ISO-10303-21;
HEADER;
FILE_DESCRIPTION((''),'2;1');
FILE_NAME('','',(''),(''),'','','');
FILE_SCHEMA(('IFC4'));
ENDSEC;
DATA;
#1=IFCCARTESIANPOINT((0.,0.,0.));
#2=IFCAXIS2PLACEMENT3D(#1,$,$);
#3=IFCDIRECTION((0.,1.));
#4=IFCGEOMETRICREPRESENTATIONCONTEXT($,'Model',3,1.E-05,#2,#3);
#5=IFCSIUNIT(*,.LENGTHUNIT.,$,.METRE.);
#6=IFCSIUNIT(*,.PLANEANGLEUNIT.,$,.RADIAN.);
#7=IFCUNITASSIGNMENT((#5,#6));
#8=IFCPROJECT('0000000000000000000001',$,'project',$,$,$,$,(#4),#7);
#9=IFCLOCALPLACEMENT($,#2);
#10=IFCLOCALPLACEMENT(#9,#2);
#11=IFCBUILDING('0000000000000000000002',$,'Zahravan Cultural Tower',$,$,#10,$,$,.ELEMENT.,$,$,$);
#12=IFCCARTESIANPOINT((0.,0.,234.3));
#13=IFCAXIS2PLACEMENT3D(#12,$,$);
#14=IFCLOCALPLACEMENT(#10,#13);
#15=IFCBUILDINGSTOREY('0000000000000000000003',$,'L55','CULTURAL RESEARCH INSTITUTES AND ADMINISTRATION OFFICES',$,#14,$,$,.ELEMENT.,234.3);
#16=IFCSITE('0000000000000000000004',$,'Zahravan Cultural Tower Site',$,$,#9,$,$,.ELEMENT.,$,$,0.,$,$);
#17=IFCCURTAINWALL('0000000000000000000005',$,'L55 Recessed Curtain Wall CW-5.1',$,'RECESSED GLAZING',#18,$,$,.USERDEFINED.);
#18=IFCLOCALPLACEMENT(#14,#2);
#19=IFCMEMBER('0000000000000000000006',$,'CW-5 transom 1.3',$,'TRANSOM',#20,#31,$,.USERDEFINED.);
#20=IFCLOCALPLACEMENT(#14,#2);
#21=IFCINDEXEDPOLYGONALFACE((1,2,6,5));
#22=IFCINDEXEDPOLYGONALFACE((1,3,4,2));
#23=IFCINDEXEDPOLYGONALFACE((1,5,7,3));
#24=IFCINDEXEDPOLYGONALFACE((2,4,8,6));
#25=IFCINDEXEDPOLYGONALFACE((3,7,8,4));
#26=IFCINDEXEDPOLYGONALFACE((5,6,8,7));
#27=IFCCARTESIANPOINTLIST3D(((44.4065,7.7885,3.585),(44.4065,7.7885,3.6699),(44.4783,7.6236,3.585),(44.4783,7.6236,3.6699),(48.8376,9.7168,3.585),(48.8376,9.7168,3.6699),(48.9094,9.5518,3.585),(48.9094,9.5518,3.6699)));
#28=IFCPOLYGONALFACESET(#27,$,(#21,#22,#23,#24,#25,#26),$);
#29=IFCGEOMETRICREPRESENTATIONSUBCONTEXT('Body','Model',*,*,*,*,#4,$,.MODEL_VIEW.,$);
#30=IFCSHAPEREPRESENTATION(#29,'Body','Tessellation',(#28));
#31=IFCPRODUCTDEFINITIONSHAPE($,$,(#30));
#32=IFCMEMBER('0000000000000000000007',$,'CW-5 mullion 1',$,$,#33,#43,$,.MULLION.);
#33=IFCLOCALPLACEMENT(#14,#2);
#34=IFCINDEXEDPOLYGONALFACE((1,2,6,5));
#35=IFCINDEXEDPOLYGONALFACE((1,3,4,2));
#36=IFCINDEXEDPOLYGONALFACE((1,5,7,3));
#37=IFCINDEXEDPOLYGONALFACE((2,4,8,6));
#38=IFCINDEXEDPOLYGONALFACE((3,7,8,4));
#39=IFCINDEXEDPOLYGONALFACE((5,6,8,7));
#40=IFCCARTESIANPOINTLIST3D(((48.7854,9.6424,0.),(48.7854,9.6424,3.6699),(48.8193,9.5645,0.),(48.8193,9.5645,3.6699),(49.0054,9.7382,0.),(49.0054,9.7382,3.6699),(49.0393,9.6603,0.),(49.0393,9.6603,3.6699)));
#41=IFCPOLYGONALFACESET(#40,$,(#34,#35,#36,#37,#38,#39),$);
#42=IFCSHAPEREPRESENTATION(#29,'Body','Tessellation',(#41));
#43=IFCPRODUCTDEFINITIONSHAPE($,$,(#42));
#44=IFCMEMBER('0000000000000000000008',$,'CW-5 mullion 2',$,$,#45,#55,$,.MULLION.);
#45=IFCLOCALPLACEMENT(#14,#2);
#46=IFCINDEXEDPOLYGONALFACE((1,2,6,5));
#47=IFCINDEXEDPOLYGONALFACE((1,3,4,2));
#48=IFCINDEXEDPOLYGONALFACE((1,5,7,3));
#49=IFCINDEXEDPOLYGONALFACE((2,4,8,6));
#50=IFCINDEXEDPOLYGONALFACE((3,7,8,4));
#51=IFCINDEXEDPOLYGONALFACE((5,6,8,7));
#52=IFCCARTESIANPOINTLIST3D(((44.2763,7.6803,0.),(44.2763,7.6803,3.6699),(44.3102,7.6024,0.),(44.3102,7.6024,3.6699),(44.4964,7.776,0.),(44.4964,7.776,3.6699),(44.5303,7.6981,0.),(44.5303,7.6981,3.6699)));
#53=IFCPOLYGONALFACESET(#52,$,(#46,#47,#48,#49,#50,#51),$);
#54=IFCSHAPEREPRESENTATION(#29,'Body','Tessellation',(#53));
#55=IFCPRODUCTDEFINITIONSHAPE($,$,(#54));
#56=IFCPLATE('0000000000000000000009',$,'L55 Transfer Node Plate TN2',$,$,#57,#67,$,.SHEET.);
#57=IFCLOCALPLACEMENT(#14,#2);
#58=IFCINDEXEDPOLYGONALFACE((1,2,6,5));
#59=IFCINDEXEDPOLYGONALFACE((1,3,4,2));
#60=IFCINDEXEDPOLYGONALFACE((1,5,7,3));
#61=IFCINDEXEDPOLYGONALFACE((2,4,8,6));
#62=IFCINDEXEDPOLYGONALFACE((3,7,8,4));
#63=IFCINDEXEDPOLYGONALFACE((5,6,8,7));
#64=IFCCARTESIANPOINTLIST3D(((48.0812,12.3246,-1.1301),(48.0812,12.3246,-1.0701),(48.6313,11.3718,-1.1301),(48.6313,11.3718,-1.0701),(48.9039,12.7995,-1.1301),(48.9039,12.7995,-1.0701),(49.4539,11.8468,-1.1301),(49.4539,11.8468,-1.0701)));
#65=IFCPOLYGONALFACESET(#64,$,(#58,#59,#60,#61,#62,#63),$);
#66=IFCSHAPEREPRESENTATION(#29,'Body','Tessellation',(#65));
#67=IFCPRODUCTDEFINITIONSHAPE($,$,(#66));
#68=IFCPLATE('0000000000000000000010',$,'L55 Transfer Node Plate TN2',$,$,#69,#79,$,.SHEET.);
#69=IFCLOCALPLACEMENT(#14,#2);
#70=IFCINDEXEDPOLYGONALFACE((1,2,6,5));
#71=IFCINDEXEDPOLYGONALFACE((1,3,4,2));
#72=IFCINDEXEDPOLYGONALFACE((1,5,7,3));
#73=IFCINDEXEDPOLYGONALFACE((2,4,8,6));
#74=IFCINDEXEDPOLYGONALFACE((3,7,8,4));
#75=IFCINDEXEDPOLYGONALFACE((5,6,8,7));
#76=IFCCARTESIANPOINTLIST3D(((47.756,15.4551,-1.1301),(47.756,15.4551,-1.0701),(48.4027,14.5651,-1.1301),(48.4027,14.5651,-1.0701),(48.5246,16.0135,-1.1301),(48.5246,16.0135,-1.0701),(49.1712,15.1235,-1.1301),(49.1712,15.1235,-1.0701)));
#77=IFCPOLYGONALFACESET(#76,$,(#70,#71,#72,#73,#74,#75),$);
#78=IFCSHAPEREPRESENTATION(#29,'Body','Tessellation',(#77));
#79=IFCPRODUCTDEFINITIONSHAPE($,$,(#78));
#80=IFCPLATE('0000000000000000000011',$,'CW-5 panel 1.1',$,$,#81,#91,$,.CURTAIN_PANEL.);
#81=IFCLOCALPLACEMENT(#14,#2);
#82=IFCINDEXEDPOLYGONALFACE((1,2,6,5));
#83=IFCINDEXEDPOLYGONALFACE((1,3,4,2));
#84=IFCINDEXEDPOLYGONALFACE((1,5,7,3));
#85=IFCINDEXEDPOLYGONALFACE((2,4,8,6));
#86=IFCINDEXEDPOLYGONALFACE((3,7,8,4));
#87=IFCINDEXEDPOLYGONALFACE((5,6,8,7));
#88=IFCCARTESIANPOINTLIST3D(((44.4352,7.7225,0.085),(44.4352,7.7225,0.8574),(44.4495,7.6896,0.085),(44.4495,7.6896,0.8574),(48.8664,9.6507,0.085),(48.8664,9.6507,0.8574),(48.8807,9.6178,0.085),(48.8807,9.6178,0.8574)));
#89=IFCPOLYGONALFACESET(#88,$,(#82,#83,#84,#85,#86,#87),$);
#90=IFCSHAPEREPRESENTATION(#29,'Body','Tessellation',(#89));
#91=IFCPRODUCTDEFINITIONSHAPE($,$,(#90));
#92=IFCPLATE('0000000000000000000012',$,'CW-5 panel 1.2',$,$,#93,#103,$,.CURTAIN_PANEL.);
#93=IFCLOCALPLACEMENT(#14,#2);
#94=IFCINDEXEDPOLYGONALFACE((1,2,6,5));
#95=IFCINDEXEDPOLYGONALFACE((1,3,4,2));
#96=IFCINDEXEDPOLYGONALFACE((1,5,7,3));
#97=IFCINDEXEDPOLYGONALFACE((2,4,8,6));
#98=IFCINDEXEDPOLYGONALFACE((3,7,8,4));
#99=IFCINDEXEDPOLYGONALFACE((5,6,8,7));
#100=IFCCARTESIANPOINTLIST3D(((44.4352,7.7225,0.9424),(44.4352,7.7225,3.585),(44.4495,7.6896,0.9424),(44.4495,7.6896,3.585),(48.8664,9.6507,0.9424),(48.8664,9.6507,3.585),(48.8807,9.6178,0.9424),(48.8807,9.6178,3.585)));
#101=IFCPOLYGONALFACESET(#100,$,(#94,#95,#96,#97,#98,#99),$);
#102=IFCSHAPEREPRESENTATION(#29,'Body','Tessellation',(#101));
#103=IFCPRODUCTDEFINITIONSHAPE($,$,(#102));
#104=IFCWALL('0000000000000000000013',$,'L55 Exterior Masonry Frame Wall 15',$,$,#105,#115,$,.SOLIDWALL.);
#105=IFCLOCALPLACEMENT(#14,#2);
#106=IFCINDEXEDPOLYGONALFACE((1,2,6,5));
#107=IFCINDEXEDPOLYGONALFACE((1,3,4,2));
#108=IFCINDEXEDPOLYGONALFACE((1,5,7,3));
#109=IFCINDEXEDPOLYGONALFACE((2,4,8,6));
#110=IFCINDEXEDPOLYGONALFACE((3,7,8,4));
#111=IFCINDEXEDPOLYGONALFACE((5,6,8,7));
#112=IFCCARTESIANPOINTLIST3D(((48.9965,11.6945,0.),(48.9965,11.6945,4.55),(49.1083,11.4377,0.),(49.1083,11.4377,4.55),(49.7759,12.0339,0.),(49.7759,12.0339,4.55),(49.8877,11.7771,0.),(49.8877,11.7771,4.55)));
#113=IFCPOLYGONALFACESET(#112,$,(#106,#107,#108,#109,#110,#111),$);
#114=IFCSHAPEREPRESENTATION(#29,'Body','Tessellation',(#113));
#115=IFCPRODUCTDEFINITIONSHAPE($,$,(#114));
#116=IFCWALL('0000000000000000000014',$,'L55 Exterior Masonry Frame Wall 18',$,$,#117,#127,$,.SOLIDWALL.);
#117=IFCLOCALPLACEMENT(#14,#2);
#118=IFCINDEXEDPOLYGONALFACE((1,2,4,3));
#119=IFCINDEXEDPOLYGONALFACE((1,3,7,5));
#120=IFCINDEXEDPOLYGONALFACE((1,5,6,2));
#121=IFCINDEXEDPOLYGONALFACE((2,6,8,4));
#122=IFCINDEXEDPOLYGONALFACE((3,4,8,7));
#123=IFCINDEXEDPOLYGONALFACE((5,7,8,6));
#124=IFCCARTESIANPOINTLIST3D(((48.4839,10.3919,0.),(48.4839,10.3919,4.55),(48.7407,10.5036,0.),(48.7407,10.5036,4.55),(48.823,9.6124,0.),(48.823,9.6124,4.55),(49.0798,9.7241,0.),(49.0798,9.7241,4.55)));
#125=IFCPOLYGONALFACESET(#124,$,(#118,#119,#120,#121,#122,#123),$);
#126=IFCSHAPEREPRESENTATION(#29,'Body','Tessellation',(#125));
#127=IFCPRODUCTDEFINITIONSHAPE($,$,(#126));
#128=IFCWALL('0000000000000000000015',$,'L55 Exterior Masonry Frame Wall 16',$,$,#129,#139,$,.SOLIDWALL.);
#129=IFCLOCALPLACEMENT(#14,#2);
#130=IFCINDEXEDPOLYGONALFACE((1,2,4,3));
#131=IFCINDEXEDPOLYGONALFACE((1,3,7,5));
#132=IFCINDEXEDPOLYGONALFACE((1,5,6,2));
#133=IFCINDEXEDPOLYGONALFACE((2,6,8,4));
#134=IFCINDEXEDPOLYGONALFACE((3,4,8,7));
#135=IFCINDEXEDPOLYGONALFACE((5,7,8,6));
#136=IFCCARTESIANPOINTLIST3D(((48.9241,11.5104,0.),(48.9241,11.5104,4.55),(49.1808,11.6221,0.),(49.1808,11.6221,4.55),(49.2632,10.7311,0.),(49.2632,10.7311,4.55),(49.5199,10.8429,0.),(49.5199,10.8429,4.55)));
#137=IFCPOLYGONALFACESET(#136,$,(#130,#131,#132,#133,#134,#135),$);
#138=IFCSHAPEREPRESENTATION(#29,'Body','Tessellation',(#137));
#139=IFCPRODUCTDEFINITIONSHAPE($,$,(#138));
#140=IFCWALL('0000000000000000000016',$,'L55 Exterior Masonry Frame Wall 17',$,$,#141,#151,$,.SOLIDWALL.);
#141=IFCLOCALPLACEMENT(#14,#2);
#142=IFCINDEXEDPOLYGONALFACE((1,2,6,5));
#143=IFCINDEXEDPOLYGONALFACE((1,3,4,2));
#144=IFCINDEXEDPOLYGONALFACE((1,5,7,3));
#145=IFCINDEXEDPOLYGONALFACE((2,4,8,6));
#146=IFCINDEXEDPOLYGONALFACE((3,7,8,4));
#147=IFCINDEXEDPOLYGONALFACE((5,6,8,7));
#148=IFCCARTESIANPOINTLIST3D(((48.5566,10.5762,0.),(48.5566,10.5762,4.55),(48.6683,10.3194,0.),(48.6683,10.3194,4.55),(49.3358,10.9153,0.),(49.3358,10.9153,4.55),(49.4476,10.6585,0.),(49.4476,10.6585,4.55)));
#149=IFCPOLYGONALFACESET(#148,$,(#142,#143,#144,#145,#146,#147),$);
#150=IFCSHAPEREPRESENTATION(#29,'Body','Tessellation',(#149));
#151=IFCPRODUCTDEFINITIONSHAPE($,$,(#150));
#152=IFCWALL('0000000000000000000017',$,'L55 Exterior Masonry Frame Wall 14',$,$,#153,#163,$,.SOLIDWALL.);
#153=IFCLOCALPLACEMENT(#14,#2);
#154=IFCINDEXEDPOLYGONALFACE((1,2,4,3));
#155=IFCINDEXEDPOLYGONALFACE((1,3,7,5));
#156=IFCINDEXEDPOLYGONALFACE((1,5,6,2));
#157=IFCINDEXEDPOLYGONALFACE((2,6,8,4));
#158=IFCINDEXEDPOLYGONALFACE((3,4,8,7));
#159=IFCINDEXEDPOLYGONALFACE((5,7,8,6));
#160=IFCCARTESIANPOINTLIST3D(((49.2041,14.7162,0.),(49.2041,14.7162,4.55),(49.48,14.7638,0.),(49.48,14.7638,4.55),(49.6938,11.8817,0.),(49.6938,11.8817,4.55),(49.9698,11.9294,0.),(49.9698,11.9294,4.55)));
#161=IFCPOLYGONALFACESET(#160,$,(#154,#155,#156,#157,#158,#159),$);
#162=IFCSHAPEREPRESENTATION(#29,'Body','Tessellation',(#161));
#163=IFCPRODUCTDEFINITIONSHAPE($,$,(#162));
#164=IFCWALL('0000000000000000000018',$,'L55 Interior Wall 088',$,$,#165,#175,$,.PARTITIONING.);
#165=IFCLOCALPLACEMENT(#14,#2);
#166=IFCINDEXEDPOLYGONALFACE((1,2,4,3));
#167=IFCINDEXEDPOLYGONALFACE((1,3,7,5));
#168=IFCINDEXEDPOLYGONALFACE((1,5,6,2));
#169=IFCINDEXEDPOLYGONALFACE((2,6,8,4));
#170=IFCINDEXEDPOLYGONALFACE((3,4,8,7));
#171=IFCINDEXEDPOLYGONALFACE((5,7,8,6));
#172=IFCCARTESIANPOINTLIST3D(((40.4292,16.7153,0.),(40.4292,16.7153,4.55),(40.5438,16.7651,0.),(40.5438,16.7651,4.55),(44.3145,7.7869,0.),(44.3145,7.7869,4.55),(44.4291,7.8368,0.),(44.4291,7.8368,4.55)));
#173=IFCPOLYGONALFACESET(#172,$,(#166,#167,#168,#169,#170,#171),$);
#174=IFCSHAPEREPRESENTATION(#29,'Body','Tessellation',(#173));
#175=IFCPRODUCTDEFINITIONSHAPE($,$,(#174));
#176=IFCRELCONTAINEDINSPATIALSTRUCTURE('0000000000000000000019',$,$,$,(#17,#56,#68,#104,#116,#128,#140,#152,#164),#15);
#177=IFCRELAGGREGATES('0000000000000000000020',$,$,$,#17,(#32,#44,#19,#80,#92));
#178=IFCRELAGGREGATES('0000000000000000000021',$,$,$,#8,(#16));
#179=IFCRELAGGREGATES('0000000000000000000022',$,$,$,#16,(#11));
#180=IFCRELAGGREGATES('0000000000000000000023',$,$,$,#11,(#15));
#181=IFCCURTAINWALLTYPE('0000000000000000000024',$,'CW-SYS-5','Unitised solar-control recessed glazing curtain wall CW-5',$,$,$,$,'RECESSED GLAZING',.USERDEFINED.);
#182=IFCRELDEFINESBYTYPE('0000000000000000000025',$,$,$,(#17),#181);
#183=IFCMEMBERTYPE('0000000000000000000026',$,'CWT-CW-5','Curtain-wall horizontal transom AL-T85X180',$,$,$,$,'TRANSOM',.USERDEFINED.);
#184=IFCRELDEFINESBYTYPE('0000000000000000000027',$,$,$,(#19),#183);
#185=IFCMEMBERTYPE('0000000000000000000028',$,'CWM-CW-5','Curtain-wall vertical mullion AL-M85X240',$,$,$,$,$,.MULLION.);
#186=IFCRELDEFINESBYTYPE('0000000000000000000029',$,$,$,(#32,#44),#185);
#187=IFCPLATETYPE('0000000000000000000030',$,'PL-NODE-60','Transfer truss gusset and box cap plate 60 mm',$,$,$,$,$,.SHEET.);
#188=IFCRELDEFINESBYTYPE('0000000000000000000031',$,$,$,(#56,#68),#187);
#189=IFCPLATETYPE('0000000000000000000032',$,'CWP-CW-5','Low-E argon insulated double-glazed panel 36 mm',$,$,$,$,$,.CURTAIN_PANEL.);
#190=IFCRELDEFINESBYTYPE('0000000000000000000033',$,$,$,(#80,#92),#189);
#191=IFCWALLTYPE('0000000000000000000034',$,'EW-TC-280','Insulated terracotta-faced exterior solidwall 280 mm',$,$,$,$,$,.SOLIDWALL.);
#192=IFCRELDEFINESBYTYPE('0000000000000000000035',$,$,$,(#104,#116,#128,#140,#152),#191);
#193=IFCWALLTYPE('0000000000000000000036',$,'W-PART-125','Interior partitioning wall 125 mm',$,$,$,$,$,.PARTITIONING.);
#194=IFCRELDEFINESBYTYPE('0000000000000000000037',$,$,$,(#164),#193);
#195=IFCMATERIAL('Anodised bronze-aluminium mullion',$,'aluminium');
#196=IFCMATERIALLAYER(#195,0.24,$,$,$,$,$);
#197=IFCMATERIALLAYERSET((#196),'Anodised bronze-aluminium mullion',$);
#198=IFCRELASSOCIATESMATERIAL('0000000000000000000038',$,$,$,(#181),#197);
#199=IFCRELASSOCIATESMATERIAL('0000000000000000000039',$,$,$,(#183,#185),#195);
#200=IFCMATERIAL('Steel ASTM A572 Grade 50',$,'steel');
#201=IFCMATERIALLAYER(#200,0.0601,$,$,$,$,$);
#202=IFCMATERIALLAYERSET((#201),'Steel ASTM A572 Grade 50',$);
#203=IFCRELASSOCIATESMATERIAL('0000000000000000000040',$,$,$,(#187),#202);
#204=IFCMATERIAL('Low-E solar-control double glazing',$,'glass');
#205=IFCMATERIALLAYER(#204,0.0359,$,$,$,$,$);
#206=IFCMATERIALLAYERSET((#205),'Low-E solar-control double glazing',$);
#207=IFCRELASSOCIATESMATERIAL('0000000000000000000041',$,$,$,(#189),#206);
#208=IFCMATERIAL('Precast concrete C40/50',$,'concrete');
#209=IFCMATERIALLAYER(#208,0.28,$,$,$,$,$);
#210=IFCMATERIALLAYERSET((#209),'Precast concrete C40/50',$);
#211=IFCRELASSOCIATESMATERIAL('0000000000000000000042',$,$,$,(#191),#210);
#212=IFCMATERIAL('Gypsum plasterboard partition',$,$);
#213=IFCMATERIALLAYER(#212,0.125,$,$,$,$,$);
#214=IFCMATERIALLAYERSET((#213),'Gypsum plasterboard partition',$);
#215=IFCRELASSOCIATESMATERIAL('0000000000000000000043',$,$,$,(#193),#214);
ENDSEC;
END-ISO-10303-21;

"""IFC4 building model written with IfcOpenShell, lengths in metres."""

from ifc_helpers import new_model, si_unit, direction, frame, frame_2d, origin, origin_2d, place, context, subcontext, project, spatial, rectangle, extrude, source, transform, mapped, material, layer, layer_set, material_profile, profile_set, type_object, element, aggregate, save


model = new_model("IFC4")

# Units and contexts
model_context = context("Model", 3, precision=1e-05, world=origin(), true_north=direction((0.0, 1.0)))
body_context = subcontext(model_context, "Body", "Model", "MODEL_VIEW")
ifc_project = project(units=[si_unit("LENGTHUNIT", "METRE"), si_unit("PLANEANGLEUNIT", "RADIAN")], contexts=[model_context])

# Site, building, storey
site_placement = place(None, origin())
site = spatial("IfcSite", under=ifc_project, at=site_placement, Name="Zahravan Cultural Tower Site", CompositionType="ELEMENT", RefElevation=0.0)
building_placement = place(site_placement, origin())
building = spatial("IfcBuilding", under=site, at=building_placement, Name="Zahravan Cultural Tower", CompositionType="ELEMENT")
storey_placement = place(building_placement, frame((0.0, 0.0, 234.3)))
storey = spatial("IfcBuildingStorey", under=building, at=storey_placement, Name="L55", Description="CULTURAL RESEARCH INSTITUTES AND ADMINISTRATION OFFICES", CompositionType="ELEMENT", Elevation=234.3)

# Shared definitions
ifc_material_1 = material(Name="Steel ASTM A572 Grade 50", Category="steel")

# Curtain wall, members
ifc_material_2 = material(Name="Anodised bronze-aluminium mullion", Category="aluminium")
ifc_layer_1 = layer(ifc_material_2, 0.24)
ifc_layer_set_1 = layer_set([ifc_layer_1], Name="Anodised bronze-aluminium mullion")
curtain_wall_type = type_object("IfcCurtainWallType", Name="CW-SYS-5", Description="Unitised solar-control recessed glazing curtain wall CW-5", ElementType="RECESSED GLAZING", PredefinedType="USERDEFINED", material=ifc_layer_set_1)
curtain_wall_placement = place(storey_placement, origin())
curtain_wall = element("IfcCurtainWall", 1, at=curtain_wall_placement, inside=storey, type_object=curtain_wall_type, Name="L55 Recessed Curtain Wall CW-5.1", ObjectType="RECESSED GLAZING", PredefinedType="USERDEFINED")
ifc_material_profile_1 = material_profile(ifc_material_2, rectangle(XDim=0.1799, YDim=0.085, at=origin_2d()), Name="AL-T85X180")
ifc_profile_set_1 = profile_set([ifc_material_profile_1], Name="Anodised bronze-aluminium mullion")
member_type_1 = type_object("IfcMemberType", Name="CWT-CW-5", Description="Curtain-wall horizontal transom AL-T85X180", ElementType="TRANSOM", PredefinedType="USERDEFINED", material=ifc_profile_set_1)
shared_shape_1 = source(origin(), body_context, "Body", "SweptSolid", [
    extrude(rectangle(XDim=0.1799, YDim=0.085, at=origin_2d()), origin(), (0.0, 0.0, 1.0), 4.8325),
])
member_1_placement = place(storey_placement, frame((48.8735, 9.6343, 3.6274), z_axis=(-0.916946, -0.399011, 0.0), x_axis=(0.399011, -0.916946, 0.0)))
member_1 = element("IfcMember", 2, at=member_1_placement, type_object=member_type_1, Name="CW-5 transom 1.3", ObjectType="TRANSOM", PredefinedType="USERDEFINED", context=body_context, shape_type="MappedRepresentation", body=[
    mapped(shared_shape_1, transform((0.0, 0.0, 0.0), x_axis=(1.0, 0.0, 0.0), y_axis=(0.0, 1.0, 0.0), z_axis=(0.0, 0.0, 1.0), scale=1.0)),
])
ifc_material_profile_2 = material_profile(ifc_material_2, rectangle(XDim=0.085, YDim=0.24, at=origin_2d()), Name="AL-M85X240")
ifc_profile_set_2 = profile_set([ifc_material_profile_2], Name="Anodised bronze-aluminium mullion")
member_type_2 = type_object("IfcMemberType", Name="CWM-CW-5", Description="Curtain-wall vertical mullion AL-M85X240", PredefinedType="MULLION", material=ifc_profile_set_2)
shared_shape_2 = source(origin(), body_context, "Body", "SweptSolid", [
    extrude(rectangle(XDim=0.085, YDim=0.24, at=origin_2d()), origin(), (0.0, 0.0, 1.0), 3.6699),
])
member_2_placement = place(storey_placement, frame((48.9124, 9.6514, 0.0), z_axis=(0.0, 0.0, 1.0), x_axis=(0.399017, -0.916944, 0.0)))
member_2 = element("IfcMember", 3, at=member_2_placement, type_object=member_type_2, Name="CW-5 mullion 1", PredefinedType="MULLION", context=body_context, shape_type="MappedRepresentation", body=[
    mapped(shared_shape_2, transform((0.0, 0.0, 0.0), x_axis=(1.0, 0.0, 0.0), y_axis=(0.0, 1.0, 0.0), z_axis=(0.0, 0.0, 1.0), scale=1.0)),
])
member_3_placement = place(storey_placement, frame((44.4033, 7.6892, 0.0), z_axis=(0.0, 0.0, 1.0), x_axis=(0.399017, -0.916944, 0.0)))
member_3 = element("IfcMember", 4, at=member_3_placement, type_object=member_type_2, Name="CW-5 mullion 2", PredefinedType="MULLION", context=body_context, shape_type="MappedRepresentation", body=[
    mapped(shared_shape_2, transform((0.0, 0.0, 0.0), x_axis=(1.0, 0.0, 0.0), y_axis=(0.0, 1.0, 0.0), z_axis=(0.0, 0.0, 1.0), scale=1.0)),
])

# Plates
ifc_layer_2 = layer(ifc_material_1, 0.0601)
ifc_layer_set_2 = layer_set([ifc_layer_2], Name="Steel ASTM A572 Grade 50")
plate_type_1 = type_object("IfcPlateType", Name="PL-NODE-60", Description="Transfer truss gusset and box cap plate 60 mm", PredefinedType="SHEET", material=ifc_layer_set_2)
shared_shape_3 = source(origin(), body_context, "Body", "SweptSolid", [
    extrude(rectangle(XDim=1.1001, YDim=0.95, at=origin_2d()), origin(), (0.0, 0.0, 1.0), 0.0601),
])
for number, where, z_axis, x_axis, name in (
    (5, (48.7676, 12.0857, -1.1301), (0.0, 0.0, 1.0), (-0.5, 0.866025, 0.0), "L55 Transfer Node Plate TN2"),
    (6, (48.4636, 15.2893, -1.1301), (0.0, 0.0, 1.0), (-0.587785, 0.809017, 0.0), "L55 Transfer Node Plate TN2"),
):
    element("IfcPlate", number, at=place(storey_placement, frame(where, z_axis=z_axis, x_axis=x_axis)), inside=storey, type_object=plate_type_1, Name=name, PredefinedType="SHEET", context=body_context, shape_type="MappedRepresentation", body=[
        mapped(shared_shape_3, transform((0.0, 0.0, 0.0), x_axis=(1.0, 0.0, 0.0), y_axis=(0.0, 1.0, 0.0), z_axis=(0.0, 0.0, 1.0), scale=1.0)),
    ])

# Plates
ifc_material_3 = material(Name="Low-E solar-control double glazing", Category="glass")
ifc_layer_3 = layer(ifc_material_3, 0.0359)
ifc_layer_set_3 = layer_set([ifc_layer_3], Name="Low-E solar-control double glazing")
plate_type_2 = type_object("IfcPlateType", Name="CWP-CW-5", Description="Low-E argon insulated double-glazed panel 36 mm", PredefinedType="CURTAIN_PANEL", material=ifc_layer_set_3)
shared_shape_4 = source(origin(), body_context, "Body", "SweptSolid", [
    extrude(rectangle(XDim=4.8325, YDim=0.0359, at=origin_2d()), origin(), (0.0, 0.0, 1.0), 0.7725),
])
plate_1_placement = place(storey_placement, frame((46.658, 8.6702, 0.085), z_axis=(0.0, 0.0, 1.0), x_axis=(-0.916944, -0.399017, 0.0)))
plate_1 = element("IfcPlate", 7, at=plate_1_placement, type_object=plate_type_2, Name="CW-5 panel 1.1", PredefinedType="CURTAIN_PANEL", context=body_context, shape_type="MappedRepresentation", body=[
    mapped(shared_shape_4, transform((0.0, 0.0, 0.0), x_axis=(1.0, 0.0, 0.0), y_axis=(0.0, 1.0, 0.0), z_axis=(0.0, 0.0, 1.0), scale=1.0)),
])
shared_shape_5 = source(origin(), body_context, "Body", "SweptSolid", [
    extrude(rectangle(XDim=4.8325, YDim=0.0359, at=origin_2d()), origin(), (0.0, 0.0, 1.0), 2.6426),
])
plate_2_placement = place(storey_placement, frame((46.658, 8.6702, 0.9424), z_axis=(0.0, 0.0, 1.0), x_axis=(-0.916944, -0.399017, 0.0)))
plate_2 = element("IfcPlate", 8, at=plate_2_placement, type_object=plate_type_2, Name="CW-5 panel 1.2", PredefinedType="CURTAIN_PANEL", context=body_context, shape_type="MappedRepresentation", body=[
    mapped(shared_shape_5, transform((0.0, 0.0, 0.0), x_axis=(1.0, 0.0, 0.0), y_axis=(0.0, 1.0, 0.0), z_axis=(0.0, 0.0, 1.0), scale=1.0)),
])
aggregate(curtain_wall, [member_2, member_3, member_1, plate_1, plate_2])

# Walls
ifc_material_4 = material(Name="Precast concrete C40/50", Category="concrete")
ifc_layer_4 = layer(ifc_material_4, 0.28)
ifc_layer_set_4 = layer_set([ifc_layer_4], Name="Precast concrete C40/50")
wall_type_1 = type_object("IfcWallType", Name="EW-TC-280", Description="Insulated terracotta-faced exterior solidwall 280 mm", PredefinedType="SOLIDWALL", material=ifc_layer_set_4)
shared_shape_6 = source(origin(), body_context, "Body", "SweptSolid", [
    extrude(rectangle(XDim=0.8501, YDim=0.28, at=frame_2d((0.425, 0.0))), origin(), (0.0, 0.0, 1.0), 4.55),
])
for number, where, z_axis, x_axis, name in (
    (9, (49.8318, 11.9055, 0.0), (0.0, 0.0, 1.0), (-0.916842, -0.399251, 0.0), "L55 Exterior Masonry Frame Wall 15"),
    (10, (48.6123, 10.4478, 0.0), (0.0, 0.0, 1.0), (0.398905, -0.916992, 0.0), "L55 Exterior Masonry Frame Wall 18"),
):
    element("IfcWall", number, at=place(storey_placement, frame(where, z_axis=z_axis, x_axis=x_axis)), inside=storey, type_object=wall_type_1, Name=name, PredefinedType="SOLIDWALL", context=body_context, shape_type="MappedRepresentation", body=[
        mapped(shared_shape_6, transform((0.0, 0.0, 0.0), x_axis=(1.0, 0.0, 0.0), y_axis=(0.0, 1.0, 0.0), z_axis=(0.0, 0.0, 1.0), scale=1.0)),
    ])
shared_shape_7 = source(origin(), body_context, "Body", "SweptSolid", [
    extrude(rectangle(XDim=0.8499, YDim=0.28, at=frame_2d((0.4248, 0.0))), origin(), (0.0, 0.0, 1.0), 4.55),
])
for number, where, z_axis, x_axis, name in (
    (11, (49.0525, 11.5662, 0.0), (0.0, 0.0, 1.0), (0.39901, -0.916947, 0.0), "L55 Exterior Masonry Frame Wall 16"),
    (12, (49.3916, 10.7869, 0.0), (0.0, 0.0, 1.0), (-0.916947, -0.39901, 0.0), "L55 Exterior Masonry Frame Wall 17"),
):
    element("IfcWall", number, at=place(storey_placement, frame(where, z_axis=z_axis, x_axis=x_axis)), inside=storey, type_object=wall_type_1, Name=name, PredefinedType="SOLIDWALL", context=body_context, shape_type="MappedRepresentation", body=[
        mapped(shared_shape_7, transform((0.0, 0.0, 0.0), x_axis=(1.0, 0.0, 0.0), y_axis=(0.0, 1.0, 0.0), z_axis=(0.0, 0.0, 1.0), scale=1.0)),
    ])
shared_shape_8 = source(origin(), body_context, "Body", "SweptSolid", [
    extrude(rectangle(XDim=2.8765, YDim=0.28, at=frame_2d((1.4382, 0.0))), origin(), (0.0, 0.0, 1.0), 4.55),
])
wall_1_placement = place(storey_placement, frame((49.342, 14.74, 0.0), z_axis=(0.0, 0.0, 1.0), x_axis=(0.170259, -0.985399, 0.0)))
element("IfcWall", 13, at=wall_1_placement, inside=storey, type_object=wall_type_1, Name="L55 Exterior Masonry Frame Wall 14", PredefinedType="SOLIDWALL", context=body_context, shape_type="MappedRepresentation", body=[
    mapped(shared_shape_8, transform((0.0, 0.0, 0.0), x_axis=(1.0, 0.0, 0.0), y_axis=(0.0, 1.0, 0.0), z_axis=(0.0, 0.0, 1.0), scale=1.0)),
])
ifc_material_5 = material(Name="Gypsum plasterboard partition")
ifc_layer_5 = layer(ifc_material_5, 0.125)
ifc_layer_set_5 = layer_set([ifc_layer_5], Name="Gypsum plasterboard partition")
wall_type_2 = type_object("IfcWallType", Name="W-PART-125", Description="Interior partitioning wall 125 mm", PredefinedType="PARTITIONING", material=ifc_layer_set_5)
shared_shape_9 = source(origin(), body_context, "Body", "SweptSolid", [
    extrude(rectangle(XDim=9.7371, YDim=0.125, at=frame_2d((4.8687, 0.0))), origin(), (0.0, 0.0, 1.0), 4.55),
])
wall_2_placement = place(storey_placement, frame((44.3718, 7.8118, 0.0), z_axis=(0.0, 0.0, 1.0), x_axis=(-0.399021, 0.916942, 0.0)))
element("IfcWall", 14, at=wall_2_placement, inside=storey, type_object=wall_type_2, Name="L55 Interior Wall 088", PredefinedType="PARTITIONING", context=body_context, shape_type="MappedRepresentation", body=[
    mapped(shared_shape_9, transform((0.0, 0.0, 0.0), x_axis=(1.0, 0.0, 0.0), y_axis=(0.0, 1.0, 0.0), z_axis=(0.0, 0.0, 1.0), scale=1.0)),
])

save(model, "model.ifc")
